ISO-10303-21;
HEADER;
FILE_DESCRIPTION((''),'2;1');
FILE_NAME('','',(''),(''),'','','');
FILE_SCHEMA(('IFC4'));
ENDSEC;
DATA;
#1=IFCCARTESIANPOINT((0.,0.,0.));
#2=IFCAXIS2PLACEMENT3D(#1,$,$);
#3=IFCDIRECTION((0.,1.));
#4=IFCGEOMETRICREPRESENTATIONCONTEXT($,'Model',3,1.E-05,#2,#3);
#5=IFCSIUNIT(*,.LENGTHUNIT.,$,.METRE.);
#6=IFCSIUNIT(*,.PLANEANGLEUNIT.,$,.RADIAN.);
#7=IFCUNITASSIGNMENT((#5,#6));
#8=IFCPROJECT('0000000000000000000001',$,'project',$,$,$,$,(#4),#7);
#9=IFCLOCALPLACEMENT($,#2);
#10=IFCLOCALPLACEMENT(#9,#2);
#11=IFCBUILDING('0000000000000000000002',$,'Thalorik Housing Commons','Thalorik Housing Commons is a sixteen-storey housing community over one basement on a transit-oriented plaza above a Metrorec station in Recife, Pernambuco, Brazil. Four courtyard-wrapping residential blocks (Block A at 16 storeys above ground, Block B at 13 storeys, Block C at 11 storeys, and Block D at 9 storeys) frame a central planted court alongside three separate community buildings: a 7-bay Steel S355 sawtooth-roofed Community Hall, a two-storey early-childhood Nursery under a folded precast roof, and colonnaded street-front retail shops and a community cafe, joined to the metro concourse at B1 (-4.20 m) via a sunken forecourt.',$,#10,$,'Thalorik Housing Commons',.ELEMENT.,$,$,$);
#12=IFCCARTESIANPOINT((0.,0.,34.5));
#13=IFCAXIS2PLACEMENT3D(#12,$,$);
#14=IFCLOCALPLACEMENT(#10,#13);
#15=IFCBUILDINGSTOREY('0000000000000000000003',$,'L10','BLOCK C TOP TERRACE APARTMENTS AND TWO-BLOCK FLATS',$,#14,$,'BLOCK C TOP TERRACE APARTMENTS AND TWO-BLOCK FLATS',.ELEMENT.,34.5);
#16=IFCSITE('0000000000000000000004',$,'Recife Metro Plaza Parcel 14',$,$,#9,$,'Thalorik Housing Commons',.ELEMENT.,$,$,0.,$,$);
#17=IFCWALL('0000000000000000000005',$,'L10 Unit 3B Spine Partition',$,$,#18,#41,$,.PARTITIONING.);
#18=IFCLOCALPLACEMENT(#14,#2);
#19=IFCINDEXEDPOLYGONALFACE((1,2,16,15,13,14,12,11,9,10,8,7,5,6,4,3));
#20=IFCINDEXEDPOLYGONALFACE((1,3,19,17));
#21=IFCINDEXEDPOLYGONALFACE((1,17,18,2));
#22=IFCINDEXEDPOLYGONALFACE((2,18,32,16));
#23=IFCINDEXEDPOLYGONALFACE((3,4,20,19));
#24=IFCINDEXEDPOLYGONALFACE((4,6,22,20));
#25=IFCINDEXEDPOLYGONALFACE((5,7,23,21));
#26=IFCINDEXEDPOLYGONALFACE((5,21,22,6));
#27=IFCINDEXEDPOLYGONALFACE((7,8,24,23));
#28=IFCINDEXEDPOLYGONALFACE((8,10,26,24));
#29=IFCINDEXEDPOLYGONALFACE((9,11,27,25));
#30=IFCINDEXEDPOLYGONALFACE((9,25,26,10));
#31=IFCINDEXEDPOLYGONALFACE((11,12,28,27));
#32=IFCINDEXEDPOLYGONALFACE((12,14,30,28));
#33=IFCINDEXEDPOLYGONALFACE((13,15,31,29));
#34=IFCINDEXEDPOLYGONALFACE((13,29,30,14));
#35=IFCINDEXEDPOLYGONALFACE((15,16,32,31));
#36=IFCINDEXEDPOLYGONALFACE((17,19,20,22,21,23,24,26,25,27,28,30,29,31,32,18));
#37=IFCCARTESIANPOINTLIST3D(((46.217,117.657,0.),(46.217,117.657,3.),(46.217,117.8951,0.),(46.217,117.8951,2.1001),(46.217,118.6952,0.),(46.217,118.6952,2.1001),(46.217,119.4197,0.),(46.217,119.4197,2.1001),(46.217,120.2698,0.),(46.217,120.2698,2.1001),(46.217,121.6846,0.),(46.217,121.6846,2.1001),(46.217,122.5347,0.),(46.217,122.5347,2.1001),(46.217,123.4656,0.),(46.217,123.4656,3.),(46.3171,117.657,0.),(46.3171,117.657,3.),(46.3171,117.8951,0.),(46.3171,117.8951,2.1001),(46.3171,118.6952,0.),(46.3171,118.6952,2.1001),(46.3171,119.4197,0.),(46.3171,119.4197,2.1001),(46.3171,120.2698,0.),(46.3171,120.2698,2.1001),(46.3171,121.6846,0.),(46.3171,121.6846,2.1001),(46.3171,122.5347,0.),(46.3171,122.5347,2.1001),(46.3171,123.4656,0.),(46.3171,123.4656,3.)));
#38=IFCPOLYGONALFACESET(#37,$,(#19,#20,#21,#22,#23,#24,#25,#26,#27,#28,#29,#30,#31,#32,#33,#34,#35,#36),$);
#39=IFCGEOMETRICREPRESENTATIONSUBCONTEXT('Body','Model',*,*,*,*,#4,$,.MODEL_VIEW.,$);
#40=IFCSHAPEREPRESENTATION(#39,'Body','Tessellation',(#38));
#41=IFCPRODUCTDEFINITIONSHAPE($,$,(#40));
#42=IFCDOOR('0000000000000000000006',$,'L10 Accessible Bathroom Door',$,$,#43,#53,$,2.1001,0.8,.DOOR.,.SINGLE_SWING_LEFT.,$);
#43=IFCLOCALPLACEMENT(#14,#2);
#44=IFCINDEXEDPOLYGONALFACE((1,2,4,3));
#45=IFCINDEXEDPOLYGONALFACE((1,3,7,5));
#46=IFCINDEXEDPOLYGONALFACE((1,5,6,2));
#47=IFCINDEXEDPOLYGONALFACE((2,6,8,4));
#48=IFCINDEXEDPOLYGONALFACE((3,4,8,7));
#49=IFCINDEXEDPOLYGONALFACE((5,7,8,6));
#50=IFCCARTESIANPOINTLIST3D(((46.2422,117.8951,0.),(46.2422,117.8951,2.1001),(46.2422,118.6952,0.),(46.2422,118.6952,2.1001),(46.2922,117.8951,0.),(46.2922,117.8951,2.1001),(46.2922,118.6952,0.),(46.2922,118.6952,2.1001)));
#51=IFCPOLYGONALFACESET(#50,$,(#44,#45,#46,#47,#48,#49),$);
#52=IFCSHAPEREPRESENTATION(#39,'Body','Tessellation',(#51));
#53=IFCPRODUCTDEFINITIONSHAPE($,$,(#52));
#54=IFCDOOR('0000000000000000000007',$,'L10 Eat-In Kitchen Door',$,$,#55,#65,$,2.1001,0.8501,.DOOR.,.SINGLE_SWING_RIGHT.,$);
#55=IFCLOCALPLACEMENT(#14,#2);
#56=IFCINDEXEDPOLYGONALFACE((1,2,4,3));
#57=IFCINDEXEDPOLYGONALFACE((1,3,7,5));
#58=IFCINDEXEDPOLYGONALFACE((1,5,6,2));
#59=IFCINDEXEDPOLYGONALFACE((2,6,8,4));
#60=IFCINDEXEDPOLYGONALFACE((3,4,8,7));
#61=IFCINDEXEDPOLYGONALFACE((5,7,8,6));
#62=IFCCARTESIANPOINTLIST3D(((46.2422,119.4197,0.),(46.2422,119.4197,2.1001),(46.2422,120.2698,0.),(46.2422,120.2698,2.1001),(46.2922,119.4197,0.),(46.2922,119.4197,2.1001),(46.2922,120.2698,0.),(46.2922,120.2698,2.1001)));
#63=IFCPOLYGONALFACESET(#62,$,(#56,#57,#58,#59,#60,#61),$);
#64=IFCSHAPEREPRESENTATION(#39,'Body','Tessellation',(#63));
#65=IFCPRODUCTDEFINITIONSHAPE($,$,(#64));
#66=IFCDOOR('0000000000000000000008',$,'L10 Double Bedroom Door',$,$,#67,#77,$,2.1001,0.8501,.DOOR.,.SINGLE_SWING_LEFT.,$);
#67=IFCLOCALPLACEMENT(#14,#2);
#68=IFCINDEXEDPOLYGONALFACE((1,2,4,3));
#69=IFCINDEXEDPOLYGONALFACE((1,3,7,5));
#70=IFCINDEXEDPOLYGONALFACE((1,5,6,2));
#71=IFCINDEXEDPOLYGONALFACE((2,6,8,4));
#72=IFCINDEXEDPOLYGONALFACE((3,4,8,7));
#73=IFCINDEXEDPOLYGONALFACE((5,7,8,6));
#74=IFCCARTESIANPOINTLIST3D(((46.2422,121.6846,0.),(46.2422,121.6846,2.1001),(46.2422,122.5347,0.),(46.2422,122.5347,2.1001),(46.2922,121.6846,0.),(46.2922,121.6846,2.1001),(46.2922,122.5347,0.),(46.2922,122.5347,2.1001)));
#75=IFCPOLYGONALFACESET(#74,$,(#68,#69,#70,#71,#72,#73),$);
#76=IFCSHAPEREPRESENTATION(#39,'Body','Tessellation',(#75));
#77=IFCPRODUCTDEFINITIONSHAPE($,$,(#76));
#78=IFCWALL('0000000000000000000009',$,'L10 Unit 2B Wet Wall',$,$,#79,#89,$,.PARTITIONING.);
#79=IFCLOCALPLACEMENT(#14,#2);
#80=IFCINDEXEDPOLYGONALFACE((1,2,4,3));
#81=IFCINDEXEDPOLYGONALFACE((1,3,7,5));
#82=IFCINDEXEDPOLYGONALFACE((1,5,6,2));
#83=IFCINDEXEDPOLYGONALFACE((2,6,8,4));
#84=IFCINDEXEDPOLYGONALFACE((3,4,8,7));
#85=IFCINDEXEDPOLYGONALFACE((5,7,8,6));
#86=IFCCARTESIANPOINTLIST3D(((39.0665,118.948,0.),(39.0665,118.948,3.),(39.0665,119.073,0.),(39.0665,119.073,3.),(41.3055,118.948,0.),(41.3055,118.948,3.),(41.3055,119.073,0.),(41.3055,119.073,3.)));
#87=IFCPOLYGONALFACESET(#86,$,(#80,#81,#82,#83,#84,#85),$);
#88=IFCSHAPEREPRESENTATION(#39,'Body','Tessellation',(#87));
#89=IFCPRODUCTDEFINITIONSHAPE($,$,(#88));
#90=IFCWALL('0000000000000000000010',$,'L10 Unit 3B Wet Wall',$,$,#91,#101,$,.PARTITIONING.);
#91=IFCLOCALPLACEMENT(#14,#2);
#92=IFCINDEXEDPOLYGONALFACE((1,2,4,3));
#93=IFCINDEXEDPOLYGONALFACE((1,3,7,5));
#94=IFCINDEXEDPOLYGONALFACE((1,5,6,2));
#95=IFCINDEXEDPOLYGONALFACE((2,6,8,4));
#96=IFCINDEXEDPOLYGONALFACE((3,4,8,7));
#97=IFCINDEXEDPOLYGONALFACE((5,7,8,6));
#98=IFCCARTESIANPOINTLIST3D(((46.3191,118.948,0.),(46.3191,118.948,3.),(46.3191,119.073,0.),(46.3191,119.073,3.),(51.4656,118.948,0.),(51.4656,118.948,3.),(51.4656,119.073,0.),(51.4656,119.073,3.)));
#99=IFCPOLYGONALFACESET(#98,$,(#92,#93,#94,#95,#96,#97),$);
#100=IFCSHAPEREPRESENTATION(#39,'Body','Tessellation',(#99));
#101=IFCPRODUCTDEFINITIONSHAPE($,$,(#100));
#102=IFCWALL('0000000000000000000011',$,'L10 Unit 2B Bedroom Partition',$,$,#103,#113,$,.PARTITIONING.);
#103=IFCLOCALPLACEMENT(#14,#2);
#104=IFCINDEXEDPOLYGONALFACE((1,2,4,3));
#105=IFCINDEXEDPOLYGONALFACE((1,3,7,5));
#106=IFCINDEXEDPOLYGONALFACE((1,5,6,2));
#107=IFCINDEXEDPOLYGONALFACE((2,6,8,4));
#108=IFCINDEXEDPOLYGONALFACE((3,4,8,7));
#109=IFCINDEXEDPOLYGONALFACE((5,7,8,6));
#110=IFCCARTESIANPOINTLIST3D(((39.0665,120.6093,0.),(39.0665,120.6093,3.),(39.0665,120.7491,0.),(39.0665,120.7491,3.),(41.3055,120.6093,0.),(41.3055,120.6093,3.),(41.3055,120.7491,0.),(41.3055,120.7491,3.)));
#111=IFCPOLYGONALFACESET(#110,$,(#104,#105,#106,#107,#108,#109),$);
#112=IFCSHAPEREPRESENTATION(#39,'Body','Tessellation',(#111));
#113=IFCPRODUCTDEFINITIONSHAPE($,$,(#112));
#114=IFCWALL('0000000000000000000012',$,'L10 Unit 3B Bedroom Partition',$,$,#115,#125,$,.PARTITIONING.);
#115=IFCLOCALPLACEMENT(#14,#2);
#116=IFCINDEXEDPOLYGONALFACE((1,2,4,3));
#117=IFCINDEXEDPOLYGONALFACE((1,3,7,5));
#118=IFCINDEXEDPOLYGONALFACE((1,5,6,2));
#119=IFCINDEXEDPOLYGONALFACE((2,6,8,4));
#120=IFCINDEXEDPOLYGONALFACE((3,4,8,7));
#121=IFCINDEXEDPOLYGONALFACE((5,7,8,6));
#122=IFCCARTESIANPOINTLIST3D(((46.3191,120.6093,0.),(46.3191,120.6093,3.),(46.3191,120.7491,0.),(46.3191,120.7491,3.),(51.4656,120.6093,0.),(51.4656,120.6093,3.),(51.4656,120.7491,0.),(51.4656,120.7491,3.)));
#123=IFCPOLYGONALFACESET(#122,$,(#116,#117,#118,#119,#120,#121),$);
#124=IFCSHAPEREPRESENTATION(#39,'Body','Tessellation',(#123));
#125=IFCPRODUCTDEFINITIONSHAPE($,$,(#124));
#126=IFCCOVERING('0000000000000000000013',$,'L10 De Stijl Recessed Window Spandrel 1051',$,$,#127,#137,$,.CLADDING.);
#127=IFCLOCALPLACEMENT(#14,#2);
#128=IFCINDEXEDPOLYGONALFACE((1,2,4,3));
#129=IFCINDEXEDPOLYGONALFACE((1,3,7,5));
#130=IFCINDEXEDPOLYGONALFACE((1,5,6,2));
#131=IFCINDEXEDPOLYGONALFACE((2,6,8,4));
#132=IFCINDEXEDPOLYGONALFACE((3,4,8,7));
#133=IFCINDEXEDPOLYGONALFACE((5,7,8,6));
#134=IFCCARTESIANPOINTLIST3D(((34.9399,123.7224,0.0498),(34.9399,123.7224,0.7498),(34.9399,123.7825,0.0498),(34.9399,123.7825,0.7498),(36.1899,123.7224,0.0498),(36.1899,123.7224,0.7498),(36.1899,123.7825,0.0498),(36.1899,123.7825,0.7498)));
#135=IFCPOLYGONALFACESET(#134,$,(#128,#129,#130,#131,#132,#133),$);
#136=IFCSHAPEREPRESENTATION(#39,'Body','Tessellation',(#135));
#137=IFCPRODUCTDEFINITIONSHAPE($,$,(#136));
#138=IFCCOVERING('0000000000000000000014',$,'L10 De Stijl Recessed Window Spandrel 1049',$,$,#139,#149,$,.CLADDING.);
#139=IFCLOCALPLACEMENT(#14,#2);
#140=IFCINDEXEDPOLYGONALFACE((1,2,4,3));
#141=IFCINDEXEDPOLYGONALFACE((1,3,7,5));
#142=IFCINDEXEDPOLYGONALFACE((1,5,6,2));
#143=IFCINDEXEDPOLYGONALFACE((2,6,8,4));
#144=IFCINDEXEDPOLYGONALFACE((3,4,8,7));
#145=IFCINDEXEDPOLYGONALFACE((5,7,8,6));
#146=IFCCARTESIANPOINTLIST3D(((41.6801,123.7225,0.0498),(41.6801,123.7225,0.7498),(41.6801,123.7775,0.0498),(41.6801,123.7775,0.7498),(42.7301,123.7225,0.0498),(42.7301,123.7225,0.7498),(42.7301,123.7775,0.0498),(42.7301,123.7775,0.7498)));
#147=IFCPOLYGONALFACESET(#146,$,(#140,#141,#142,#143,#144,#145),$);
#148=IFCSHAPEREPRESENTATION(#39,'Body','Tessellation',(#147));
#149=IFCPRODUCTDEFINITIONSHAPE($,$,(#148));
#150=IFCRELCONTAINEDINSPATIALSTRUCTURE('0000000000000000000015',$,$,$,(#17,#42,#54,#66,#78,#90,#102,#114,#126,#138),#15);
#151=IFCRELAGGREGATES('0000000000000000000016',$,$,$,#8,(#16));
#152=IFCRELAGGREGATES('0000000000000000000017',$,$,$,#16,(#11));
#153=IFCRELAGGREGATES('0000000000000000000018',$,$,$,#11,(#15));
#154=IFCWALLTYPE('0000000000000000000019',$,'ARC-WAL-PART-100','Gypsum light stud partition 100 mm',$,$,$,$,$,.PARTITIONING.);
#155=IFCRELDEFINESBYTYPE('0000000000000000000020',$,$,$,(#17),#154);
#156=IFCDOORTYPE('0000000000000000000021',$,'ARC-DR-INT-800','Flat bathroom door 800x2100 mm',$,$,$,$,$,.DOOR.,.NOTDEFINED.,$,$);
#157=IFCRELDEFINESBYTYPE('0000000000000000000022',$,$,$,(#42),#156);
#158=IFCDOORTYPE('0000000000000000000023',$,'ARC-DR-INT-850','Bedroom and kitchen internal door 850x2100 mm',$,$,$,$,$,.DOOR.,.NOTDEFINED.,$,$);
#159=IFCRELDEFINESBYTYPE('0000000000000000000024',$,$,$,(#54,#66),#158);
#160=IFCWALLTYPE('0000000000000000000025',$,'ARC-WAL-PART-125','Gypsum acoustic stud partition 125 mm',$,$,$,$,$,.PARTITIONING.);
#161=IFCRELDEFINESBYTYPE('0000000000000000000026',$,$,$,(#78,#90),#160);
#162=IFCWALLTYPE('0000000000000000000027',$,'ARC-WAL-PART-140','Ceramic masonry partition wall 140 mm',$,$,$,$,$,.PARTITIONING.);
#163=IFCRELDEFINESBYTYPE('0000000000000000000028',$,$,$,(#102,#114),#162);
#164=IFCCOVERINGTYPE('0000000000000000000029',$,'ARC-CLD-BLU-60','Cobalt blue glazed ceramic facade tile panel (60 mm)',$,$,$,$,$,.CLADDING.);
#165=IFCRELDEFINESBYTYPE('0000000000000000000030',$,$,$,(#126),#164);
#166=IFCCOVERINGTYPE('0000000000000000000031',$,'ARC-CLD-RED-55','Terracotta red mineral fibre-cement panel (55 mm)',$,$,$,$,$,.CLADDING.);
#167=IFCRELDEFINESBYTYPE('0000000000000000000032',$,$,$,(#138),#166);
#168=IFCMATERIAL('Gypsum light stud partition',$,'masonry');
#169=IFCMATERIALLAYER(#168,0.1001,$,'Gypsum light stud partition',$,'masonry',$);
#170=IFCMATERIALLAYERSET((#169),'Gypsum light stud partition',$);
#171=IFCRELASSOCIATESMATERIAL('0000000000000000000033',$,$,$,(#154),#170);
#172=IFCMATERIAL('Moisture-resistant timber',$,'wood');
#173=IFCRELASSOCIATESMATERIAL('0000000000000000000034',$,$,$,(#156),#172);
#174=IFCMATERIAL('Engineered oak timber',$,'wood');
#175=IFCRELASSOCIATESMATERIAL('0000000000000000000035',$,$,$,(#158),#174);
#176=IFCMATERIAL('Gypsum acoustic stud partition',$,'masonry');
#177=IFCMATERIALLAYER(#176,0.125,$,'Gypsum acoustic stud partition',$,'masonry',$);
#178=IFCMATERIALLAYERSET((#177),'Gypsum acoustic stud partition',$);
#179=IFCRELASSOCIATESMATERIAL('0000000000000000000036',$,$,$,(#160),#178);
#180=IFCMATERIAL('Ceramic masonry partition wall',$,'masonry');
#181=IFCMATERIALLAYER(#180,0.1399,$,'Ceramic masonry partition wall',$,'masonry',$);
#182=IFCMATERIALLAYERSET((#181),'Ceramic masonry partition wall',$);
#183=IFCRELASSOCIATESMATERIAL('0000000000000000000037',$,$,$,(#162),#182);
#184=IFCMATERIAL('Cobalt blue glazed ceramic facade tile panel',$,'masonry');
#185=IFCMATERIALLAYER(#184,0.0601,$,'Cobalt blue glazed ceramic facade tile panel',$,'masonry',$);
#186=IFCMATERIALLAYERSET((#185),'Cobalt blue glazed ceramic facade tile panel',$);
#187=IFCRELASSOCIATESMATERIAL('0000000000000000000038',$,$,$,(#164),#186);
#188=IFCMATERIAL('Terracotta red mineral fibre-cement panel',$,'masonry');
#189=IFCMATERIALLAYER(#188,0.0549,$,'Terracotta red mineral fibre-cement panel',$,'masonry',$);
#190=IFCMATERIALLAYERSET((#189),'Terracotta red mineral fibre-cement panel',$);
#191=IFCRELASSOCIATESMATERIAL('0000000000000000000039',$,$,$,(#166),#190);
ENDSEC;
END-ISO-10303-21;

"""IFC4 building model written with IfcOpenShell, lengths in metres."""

from ifc_helpers import new_model, si_unit, direction, frame, frame_2d, origin, origin_2d, place, context, subcontext, project, spatial, rectangle, extrude, material, layer, layer_set, type_object, element, fill, save


model = new_model("IFC4")

# Units and contexts
model_context = context("Model", 3, precision=1e-05, world=origin(), true_north=direction((0.0, 1.0)))
body_context = subcontext(model_context, "Body", "Model", "MODEL_VIEW")
ifc_project = project(units=[si_unit("LENGTHUNIT", "METRE"), si_unit("PLANEANGLEUNIT", "RADIAN")], contexts=[model_context])

# Site, building, storey
site_placement = place(None, origin())
site = spatial("IfcSite", under=ifc_project, at=site_placement, Name="Recife Metro Plaza Parcel 14", LongName="Thalorik Housing Commons", CompositionType="ELEMENT", RefElevation=0.0)
building_placement = place(site_placement, origin())
building = spatial("IfcBuilding", under=site, at=building_placement, Name="Thalorik Housing Commons", Description="Thalorik Housing Commons is a sixteen-storey housing community over one basement on a transit-oriented plaza above a Metrorec station in Recife, Pernambuco, Brazil. Four courtyard-wrapping residential blocks (Block A at 16 storeys above ground, Block B at 13 storeys, Block C at 11 storeys, and Block D at 9 storeys) frame a central planted court alongside three separate community buildings: a 7-bay Steel S355 sawtooth-roofed Community Hall, a two-storey early-childhood Nursery under a folded precast roof, and colonnaded street-front retail shops and a community cafe, joined to the metro concourse at B1 (-4.20 m) via a sunken forecourt.", LongName="Thalorik Housing Commons", CompositionType="ELEMENT")
storey_placement = place(building_placement, frame((0.0, 0.0, 34.5)))
storey = spatial("IfcBuildingStorey", under=building, at=storey_placement, Name="L10", Description="BLOCK C TOP TERRACE APARTMENTS AND TWO-BLOCK FLATS", LongName="BLOCK C TOP TERRACE APARTMENTS AND TWO-BLOCK FLATS", CompositionType="ELEMENT", Elevation=34.5)

# Wall, openings, doors
ifc_material_1 = material(Name="Gypsum light stud partition", Category="masonry")
ifc_layer_1 = layer(ifc_material_1, 0.1001, Name="Gypsum light stud partition", Category="masonry")
ifc_layer_set_1 = layer_set([ifc_layer_1], Name="Gypsum light stud partition")
wall_type_1 = type_object("IfcWallType", Name="ARC-WAL-PART-100", Description="Gypsum light stud partition 100 mm", PredefinedType="PARTITIONING", material=ifc_layer_set_1)
wall_1_placement = place(storey_placement, frame((46.2671, 117.657, 0.0), z_axis=(0.0, 0.0, 1.0), x_axis=(0.0, 1.0, 0.0)))
wall_1 = element("IfcWall", 1, at=wall_1_placement, inside=storey, type_object=wall_type_1, Name="L10 Unit 3B Spine Partition", PredefinedType="PARTITIONING", context=body_context, shape_type="SweptSolid", body=[
    extrude(rectangle(XDim=5.8086, YDim=0.1001, at=frame_2d((2.9043, 0.0))), origin(), (0.0, 0.0, 1.0), 3.0),
])
opening_1_placement = place(wall_1_placement, frame((0.2383, 0.0, 0.0)))
opening_1 = element("IfcOpeningElement", 2, at=opening_1_placement, cuts=wall_1, PredefinedType="OPENING", context=body_context, shape_type="SweptSolid", body=[
    extrude(rectangle(XDim=0.8, YDim=2.1001, at=frame_2d((0.3999, 1.05))), frame((0.0, 0.0601, 0.0), z_axis=(0.0, -1.0, 0.0), x_axis=(1.0, 0.0, 0.0)), (0.0, 0.0, 1.0), 0.1201),
])
opening_2_placement = place(wall_1_placement, frame((1.7627, 0.0, 0.0)))
opening_2 = element("IfcOpeningElement", 3, at=opening_2_placement, cuts=wall_1, PredefinedType="OPENING", context=body_context, shape_type="SweptSolid", body=[
    extrude(rectangle(XDim=0.8501, YDim=2.1001, at=frame_2d((0.425, 1.05))), frame((0.0, 0.0601, 0.0), z_axis=(0.0, -1.0, 0.0), x_axis=(1.0, 0.0, 0.0)), (0.0, 0.0, 1.0), 0.1201),
])
opening_3_placement = place(wall_1_placement, frame((4.0276, 0.0, 0.0)))
opening_3 = element("IfcOpeningElement", 4, at=opening_3_placement, cuts=wall_1, PredefinedType="OPENING", context=body_context, shape_type="SweptSolid", body=[
    extrude(rectangle(XDim=0.8501, YDim=2.1001, at=frame_2d((0.425, 1.05))), frame((0.0, 0.0601, 0.0), z_axis=(0.0, -1.0, 0.0), x_axis=(1.0, 0.0, 0.0)), (0.0, 0.0, 1.0), 0.1201),
])
ifc_material_2 = material(Name="Moisture-resistant timber", Category="wood")
door_type_1 = type_object("IfcDoorType", Name="ARC-DR-INT-800", Description="Flat bathroom door 800x2100 mm", OperationType="NOTDEFINED", PredefinedType="DOOR", material=ifc_material_2)
door_1_placement = place(opening_1_placement, origin())
door_1 = element("IfcDoor", 5, at=door_1_placement, inside=storey, type_object=door_type_1, Name="L10 Accessible Bathroom Door", OperationType="SINGLE_SWING_LEFT", OverallHeight=2.1001, OverallWidth=0.8, PredefinedType="DOOR", context=body_context, shape_type="SweptSolid", body=[
    extrude(rectangle(XDim=0.8, YDim=2.1001, at=frame_2d((0.3999, 1.05))), frame((0.0, 0.0249, 0.0), z_axis=(0.0, -1.0, 0.0), x_axis=(1.0, 0.0, 0.0)), (0.0, 0.0, 1.0), 0.05),
])
fill(opening_1, door_1)
ifc_material_3 = material(Name="Engineered oak timber", Category="wood")
door_type_2 = type_object("IfcDoorType", Name="ARC-DR-INT-850", Description="Bedroom and kitchen internal door 850x2100 mm", OperationType="NOTDEFINED", PredefinedType="DOOR", material=ifc_material_3)
door_2_placement = place(opening_2_placement, origin())
door_2 = element("IfcDoor", 6, at=door_2_placement, inside=storey, type_object=door_type_2, Name="L10 Eat-In Kitchen Door", OperationType="SINGLE_SWING_RIGHT", OverallHeight=2.1001, OverallWidth=0.8501, PredefinedType="DOOR", context=body_context, shape_type="SweptSolid", body=[
    extrude(rectangle(XDim=0.8501, YDim=2.1001, at=frame_2d((0.425, 1.05))), frame((0.0, 0.0249, 0.0), z_axis=(0.0, -1.0, 0.0), x_axis=(1.0, 0.0, 0.0)), (0.0, 0.0, 1.0), 0.05),
])
fill(opening_2, door_2)
door_3_placement = place(opening_3_placement, origin())
door_3 = element("IfcDoor", 7, at=door_3_placement, inside=storey, type_object=door_type_2, Name="L10 Double Bedroom Door", OperationType="SINGLE_SWING_LEFT", OverallHeight=2.1001, OverallWidth=0.8501, PredefinedType="DOOR", context=body_context, shape_type="SweptSolid", body=[
    extrude(rectangle(XDim=0.8501, YDim=2.1001, at=frame_2d((0.425, 1.05))), frame((0.0, 0.0249, 0.0), z_axis=(0.0, -1.0, 0.0), x_axis=(1.0, 0.0, 0.0)), (0.0, 0.0, 1.0), 0.05),
])
fill(opening_3, door_3)

# Walls
ifc_material_4 = material(Name="Gypsum acoustic stud partition", Category="masonry")
ifc_layer_2 = layer(ifc_material_4, 0.125, Name="Gypsum acoustic stud partition", Category="masonry")
ifc_layer_set_2 = layer_set([ifc_layer_2], Name="Gypsum acoustic stud partition")
wall_type_2 = type_object("IfcWallType", Name="ARC-WAL-PART-125", Description="Gypsum acoustic stud partition 125 mm", PredefinedType="PARTITIONING", material=ifc_layer_set_2)
wall_2_placement = place(storey_placement, frame((39.0664, 119.0105, 0.0), z_axis=(0.0, 0.0, 1.0), x_axis=(1.0, 0.0, 0.0)))
element("IfcWall", 8, at=wall_2_placement, inside=storey, type_object=wall_type_2, Name="L10 Unit 2B Wet Wall", PredefinedType="PARTITIONING", context=body_context, shape_type="SweptSolid", body=[
    extrude(rectangle(XDim=2.239, YDim=0.125, at=frame_2d((1.1196, 0.0))), origin(), (0.0, 0.0, 1.0), 3.0),
])
wall_3_placement = place(storey_placement, frame((46.3191, 119.0105, 0.0), z_axis=(0.0, 0.0, 1.0), x_axis=(1.0, 0.0, 0.0)))
element("IfcWall", 9, at=wall_3_placement, inside=storey, type_object=wall_type_2, Name="L10 Unit 3B Wet Wall", PredefinedType="PARTITIONING", context=body_context, shape_type="SweptSolid", body=[
    extrude(rectangle(XDim=5.1465, YDim=0.125, at=frame_2d((2.5732, 0.0))), origin(), (0.0, 0.0, 1.0), 3.0),
])
ifc_material_5 = material(Name="Ceramic masonry partition wall", Category="masonry")
ifc_layer_3 = layer(ifc_material_5, 0.1399, Name="Ceramic masonry partition wall", Category="masonry")
ifc_layer_set_3 = layer_set([ifc_layer_3], Name="Ceramic masonry partition wall")
wall_type_3 = type_object("IfcWallType", Name="ARC-WAL-PART-140", Description="Ceramic masonry partition wall 140 mm", PredefinedType="PARTITIONING", material=ifc_layer_set_3)
wall_4_placement = place(storey_placement, frame((39.0664, 120.6792, 0.0), z_axis=(0.0, 0.0, 1.0), x_axis=(1.0, 0.0, 0.0)))
element("IfcWall", 10, at=wall_4_placement, inside=storey, type_object=wall_type_3, Name="L10 Unit 2B Bedroom Partition", PredefinedType="PARTITIONING", context=body_context, shape_type="SweptSolid", body=[
    extrude(rectangle(XDim=2.239, YDim=0.1399, at=frame_2d((1.1196, 0.0))), origin(), (0.0, 0.0, 1.0), 3.0),
])
wall_5_placement = place(storey_placement, frame((46.3191, 120.6792, 0.0), z_axis=(0.0, 0.0, 1.0), x_axis=(1.0, 0.0, 0.0)))
element("IfcWall", 11, at=wall_5_placement, inside=storey, type_object=wall_type_3, Name="L10 Unit 3B Bedroom Partition", PredefinedType="PARTITIONING", context=body_context, shape_type="SweptSolid", body=[
    extrude(rectangle(XDim=5.1465, YDim=0.1399, at=frame_2d((2.5732, 0.0))), origin(), (0.0, 0.0, 1.0), 3.0),
])

# Coverings
ifc_material_6 = material(Name="Cobalt blue glazed ceramic facade tile panel", Category="masonry")
ifc_layer_4 = layer(ifc_material_6, 0.0601, Name="Cobalt blue glazed ceramic facade tile panel", Category="masonry")
ifc_layer_set_4 = layer_set([ifc_layer_4], Name="Cobalt blue glazed ceramic facade tile panel")
covering_type_1 = type_object("IfcCoveringType", Name="ARC-CLD-BLU-60", Description="Cobalt blue glazed ceramic facade tile panel (60 mm)", PredefinedType="CLADDING", material=ifc_layer_set_4)
covering_1_placement = place(storey_placement, frame((35.5649, 123.7524, 0.0498), z_axis=(0.0, 0.0, 1.0), x_axis=(-1.0, 0.0, 0.0)))
element("IfcCovering", 12, at=covering_1_placement, inside=storey, type_object=covering_type_1, Name="L10 De Stijl Recessed Window Spandrel 1051", PredefinedType="CLADDING", context=body_context, shape_type="SweptSolid", body=[
    extrude(rectangle(XDim=1.25, YDim=0.0601, at=origin_2d()), origin(), (0.0, 0.0, 1.0), 0.7),
])
ifc_material_7 = material(Name="Terracotta red mineral fibre-cement panel", Category="masonry")
ifc_layer_5 = layer(ifc_material_7, 0.0549, Name="Terracotta red mineral fibre-cement panel", Category="masonry")
ifc_layer_set_5 = layer_set([ifc_layer_5], Name="Terracotta red mineral fibre-cement panel")
covering_type_2 = type_object("IfcCoveringType", Name="ARC-CLD-RED-55", Description="Terracotta red mineral fibre-cement panel (55 mm)", PredefinedType="CLADDING", material=ifc_layer_set_5)
covering_2_placement = place(storey_placement, frame((42.2051, 123.75, 0.0498), z_axis=(0.0, 0.0, 1.0), x_axis=(-1.0, 0.0, 0.0)))
element("IfcCovering", 13, at=covering_2_placement, inside=storey, type_object=covering_type_2, Name="L10 De Stijl Recessed Window Spandrel 1049", PredefinedType="CLADDING", context=body_context, shape_type="SweptSolid", body=[
    extrude(rectangle(XDim=1.05, YDim=0.0549, at=origin_2d()), origin(), (0.0, 0.0, 1.0), 0.7),
])

save(model, "model.ifc")
